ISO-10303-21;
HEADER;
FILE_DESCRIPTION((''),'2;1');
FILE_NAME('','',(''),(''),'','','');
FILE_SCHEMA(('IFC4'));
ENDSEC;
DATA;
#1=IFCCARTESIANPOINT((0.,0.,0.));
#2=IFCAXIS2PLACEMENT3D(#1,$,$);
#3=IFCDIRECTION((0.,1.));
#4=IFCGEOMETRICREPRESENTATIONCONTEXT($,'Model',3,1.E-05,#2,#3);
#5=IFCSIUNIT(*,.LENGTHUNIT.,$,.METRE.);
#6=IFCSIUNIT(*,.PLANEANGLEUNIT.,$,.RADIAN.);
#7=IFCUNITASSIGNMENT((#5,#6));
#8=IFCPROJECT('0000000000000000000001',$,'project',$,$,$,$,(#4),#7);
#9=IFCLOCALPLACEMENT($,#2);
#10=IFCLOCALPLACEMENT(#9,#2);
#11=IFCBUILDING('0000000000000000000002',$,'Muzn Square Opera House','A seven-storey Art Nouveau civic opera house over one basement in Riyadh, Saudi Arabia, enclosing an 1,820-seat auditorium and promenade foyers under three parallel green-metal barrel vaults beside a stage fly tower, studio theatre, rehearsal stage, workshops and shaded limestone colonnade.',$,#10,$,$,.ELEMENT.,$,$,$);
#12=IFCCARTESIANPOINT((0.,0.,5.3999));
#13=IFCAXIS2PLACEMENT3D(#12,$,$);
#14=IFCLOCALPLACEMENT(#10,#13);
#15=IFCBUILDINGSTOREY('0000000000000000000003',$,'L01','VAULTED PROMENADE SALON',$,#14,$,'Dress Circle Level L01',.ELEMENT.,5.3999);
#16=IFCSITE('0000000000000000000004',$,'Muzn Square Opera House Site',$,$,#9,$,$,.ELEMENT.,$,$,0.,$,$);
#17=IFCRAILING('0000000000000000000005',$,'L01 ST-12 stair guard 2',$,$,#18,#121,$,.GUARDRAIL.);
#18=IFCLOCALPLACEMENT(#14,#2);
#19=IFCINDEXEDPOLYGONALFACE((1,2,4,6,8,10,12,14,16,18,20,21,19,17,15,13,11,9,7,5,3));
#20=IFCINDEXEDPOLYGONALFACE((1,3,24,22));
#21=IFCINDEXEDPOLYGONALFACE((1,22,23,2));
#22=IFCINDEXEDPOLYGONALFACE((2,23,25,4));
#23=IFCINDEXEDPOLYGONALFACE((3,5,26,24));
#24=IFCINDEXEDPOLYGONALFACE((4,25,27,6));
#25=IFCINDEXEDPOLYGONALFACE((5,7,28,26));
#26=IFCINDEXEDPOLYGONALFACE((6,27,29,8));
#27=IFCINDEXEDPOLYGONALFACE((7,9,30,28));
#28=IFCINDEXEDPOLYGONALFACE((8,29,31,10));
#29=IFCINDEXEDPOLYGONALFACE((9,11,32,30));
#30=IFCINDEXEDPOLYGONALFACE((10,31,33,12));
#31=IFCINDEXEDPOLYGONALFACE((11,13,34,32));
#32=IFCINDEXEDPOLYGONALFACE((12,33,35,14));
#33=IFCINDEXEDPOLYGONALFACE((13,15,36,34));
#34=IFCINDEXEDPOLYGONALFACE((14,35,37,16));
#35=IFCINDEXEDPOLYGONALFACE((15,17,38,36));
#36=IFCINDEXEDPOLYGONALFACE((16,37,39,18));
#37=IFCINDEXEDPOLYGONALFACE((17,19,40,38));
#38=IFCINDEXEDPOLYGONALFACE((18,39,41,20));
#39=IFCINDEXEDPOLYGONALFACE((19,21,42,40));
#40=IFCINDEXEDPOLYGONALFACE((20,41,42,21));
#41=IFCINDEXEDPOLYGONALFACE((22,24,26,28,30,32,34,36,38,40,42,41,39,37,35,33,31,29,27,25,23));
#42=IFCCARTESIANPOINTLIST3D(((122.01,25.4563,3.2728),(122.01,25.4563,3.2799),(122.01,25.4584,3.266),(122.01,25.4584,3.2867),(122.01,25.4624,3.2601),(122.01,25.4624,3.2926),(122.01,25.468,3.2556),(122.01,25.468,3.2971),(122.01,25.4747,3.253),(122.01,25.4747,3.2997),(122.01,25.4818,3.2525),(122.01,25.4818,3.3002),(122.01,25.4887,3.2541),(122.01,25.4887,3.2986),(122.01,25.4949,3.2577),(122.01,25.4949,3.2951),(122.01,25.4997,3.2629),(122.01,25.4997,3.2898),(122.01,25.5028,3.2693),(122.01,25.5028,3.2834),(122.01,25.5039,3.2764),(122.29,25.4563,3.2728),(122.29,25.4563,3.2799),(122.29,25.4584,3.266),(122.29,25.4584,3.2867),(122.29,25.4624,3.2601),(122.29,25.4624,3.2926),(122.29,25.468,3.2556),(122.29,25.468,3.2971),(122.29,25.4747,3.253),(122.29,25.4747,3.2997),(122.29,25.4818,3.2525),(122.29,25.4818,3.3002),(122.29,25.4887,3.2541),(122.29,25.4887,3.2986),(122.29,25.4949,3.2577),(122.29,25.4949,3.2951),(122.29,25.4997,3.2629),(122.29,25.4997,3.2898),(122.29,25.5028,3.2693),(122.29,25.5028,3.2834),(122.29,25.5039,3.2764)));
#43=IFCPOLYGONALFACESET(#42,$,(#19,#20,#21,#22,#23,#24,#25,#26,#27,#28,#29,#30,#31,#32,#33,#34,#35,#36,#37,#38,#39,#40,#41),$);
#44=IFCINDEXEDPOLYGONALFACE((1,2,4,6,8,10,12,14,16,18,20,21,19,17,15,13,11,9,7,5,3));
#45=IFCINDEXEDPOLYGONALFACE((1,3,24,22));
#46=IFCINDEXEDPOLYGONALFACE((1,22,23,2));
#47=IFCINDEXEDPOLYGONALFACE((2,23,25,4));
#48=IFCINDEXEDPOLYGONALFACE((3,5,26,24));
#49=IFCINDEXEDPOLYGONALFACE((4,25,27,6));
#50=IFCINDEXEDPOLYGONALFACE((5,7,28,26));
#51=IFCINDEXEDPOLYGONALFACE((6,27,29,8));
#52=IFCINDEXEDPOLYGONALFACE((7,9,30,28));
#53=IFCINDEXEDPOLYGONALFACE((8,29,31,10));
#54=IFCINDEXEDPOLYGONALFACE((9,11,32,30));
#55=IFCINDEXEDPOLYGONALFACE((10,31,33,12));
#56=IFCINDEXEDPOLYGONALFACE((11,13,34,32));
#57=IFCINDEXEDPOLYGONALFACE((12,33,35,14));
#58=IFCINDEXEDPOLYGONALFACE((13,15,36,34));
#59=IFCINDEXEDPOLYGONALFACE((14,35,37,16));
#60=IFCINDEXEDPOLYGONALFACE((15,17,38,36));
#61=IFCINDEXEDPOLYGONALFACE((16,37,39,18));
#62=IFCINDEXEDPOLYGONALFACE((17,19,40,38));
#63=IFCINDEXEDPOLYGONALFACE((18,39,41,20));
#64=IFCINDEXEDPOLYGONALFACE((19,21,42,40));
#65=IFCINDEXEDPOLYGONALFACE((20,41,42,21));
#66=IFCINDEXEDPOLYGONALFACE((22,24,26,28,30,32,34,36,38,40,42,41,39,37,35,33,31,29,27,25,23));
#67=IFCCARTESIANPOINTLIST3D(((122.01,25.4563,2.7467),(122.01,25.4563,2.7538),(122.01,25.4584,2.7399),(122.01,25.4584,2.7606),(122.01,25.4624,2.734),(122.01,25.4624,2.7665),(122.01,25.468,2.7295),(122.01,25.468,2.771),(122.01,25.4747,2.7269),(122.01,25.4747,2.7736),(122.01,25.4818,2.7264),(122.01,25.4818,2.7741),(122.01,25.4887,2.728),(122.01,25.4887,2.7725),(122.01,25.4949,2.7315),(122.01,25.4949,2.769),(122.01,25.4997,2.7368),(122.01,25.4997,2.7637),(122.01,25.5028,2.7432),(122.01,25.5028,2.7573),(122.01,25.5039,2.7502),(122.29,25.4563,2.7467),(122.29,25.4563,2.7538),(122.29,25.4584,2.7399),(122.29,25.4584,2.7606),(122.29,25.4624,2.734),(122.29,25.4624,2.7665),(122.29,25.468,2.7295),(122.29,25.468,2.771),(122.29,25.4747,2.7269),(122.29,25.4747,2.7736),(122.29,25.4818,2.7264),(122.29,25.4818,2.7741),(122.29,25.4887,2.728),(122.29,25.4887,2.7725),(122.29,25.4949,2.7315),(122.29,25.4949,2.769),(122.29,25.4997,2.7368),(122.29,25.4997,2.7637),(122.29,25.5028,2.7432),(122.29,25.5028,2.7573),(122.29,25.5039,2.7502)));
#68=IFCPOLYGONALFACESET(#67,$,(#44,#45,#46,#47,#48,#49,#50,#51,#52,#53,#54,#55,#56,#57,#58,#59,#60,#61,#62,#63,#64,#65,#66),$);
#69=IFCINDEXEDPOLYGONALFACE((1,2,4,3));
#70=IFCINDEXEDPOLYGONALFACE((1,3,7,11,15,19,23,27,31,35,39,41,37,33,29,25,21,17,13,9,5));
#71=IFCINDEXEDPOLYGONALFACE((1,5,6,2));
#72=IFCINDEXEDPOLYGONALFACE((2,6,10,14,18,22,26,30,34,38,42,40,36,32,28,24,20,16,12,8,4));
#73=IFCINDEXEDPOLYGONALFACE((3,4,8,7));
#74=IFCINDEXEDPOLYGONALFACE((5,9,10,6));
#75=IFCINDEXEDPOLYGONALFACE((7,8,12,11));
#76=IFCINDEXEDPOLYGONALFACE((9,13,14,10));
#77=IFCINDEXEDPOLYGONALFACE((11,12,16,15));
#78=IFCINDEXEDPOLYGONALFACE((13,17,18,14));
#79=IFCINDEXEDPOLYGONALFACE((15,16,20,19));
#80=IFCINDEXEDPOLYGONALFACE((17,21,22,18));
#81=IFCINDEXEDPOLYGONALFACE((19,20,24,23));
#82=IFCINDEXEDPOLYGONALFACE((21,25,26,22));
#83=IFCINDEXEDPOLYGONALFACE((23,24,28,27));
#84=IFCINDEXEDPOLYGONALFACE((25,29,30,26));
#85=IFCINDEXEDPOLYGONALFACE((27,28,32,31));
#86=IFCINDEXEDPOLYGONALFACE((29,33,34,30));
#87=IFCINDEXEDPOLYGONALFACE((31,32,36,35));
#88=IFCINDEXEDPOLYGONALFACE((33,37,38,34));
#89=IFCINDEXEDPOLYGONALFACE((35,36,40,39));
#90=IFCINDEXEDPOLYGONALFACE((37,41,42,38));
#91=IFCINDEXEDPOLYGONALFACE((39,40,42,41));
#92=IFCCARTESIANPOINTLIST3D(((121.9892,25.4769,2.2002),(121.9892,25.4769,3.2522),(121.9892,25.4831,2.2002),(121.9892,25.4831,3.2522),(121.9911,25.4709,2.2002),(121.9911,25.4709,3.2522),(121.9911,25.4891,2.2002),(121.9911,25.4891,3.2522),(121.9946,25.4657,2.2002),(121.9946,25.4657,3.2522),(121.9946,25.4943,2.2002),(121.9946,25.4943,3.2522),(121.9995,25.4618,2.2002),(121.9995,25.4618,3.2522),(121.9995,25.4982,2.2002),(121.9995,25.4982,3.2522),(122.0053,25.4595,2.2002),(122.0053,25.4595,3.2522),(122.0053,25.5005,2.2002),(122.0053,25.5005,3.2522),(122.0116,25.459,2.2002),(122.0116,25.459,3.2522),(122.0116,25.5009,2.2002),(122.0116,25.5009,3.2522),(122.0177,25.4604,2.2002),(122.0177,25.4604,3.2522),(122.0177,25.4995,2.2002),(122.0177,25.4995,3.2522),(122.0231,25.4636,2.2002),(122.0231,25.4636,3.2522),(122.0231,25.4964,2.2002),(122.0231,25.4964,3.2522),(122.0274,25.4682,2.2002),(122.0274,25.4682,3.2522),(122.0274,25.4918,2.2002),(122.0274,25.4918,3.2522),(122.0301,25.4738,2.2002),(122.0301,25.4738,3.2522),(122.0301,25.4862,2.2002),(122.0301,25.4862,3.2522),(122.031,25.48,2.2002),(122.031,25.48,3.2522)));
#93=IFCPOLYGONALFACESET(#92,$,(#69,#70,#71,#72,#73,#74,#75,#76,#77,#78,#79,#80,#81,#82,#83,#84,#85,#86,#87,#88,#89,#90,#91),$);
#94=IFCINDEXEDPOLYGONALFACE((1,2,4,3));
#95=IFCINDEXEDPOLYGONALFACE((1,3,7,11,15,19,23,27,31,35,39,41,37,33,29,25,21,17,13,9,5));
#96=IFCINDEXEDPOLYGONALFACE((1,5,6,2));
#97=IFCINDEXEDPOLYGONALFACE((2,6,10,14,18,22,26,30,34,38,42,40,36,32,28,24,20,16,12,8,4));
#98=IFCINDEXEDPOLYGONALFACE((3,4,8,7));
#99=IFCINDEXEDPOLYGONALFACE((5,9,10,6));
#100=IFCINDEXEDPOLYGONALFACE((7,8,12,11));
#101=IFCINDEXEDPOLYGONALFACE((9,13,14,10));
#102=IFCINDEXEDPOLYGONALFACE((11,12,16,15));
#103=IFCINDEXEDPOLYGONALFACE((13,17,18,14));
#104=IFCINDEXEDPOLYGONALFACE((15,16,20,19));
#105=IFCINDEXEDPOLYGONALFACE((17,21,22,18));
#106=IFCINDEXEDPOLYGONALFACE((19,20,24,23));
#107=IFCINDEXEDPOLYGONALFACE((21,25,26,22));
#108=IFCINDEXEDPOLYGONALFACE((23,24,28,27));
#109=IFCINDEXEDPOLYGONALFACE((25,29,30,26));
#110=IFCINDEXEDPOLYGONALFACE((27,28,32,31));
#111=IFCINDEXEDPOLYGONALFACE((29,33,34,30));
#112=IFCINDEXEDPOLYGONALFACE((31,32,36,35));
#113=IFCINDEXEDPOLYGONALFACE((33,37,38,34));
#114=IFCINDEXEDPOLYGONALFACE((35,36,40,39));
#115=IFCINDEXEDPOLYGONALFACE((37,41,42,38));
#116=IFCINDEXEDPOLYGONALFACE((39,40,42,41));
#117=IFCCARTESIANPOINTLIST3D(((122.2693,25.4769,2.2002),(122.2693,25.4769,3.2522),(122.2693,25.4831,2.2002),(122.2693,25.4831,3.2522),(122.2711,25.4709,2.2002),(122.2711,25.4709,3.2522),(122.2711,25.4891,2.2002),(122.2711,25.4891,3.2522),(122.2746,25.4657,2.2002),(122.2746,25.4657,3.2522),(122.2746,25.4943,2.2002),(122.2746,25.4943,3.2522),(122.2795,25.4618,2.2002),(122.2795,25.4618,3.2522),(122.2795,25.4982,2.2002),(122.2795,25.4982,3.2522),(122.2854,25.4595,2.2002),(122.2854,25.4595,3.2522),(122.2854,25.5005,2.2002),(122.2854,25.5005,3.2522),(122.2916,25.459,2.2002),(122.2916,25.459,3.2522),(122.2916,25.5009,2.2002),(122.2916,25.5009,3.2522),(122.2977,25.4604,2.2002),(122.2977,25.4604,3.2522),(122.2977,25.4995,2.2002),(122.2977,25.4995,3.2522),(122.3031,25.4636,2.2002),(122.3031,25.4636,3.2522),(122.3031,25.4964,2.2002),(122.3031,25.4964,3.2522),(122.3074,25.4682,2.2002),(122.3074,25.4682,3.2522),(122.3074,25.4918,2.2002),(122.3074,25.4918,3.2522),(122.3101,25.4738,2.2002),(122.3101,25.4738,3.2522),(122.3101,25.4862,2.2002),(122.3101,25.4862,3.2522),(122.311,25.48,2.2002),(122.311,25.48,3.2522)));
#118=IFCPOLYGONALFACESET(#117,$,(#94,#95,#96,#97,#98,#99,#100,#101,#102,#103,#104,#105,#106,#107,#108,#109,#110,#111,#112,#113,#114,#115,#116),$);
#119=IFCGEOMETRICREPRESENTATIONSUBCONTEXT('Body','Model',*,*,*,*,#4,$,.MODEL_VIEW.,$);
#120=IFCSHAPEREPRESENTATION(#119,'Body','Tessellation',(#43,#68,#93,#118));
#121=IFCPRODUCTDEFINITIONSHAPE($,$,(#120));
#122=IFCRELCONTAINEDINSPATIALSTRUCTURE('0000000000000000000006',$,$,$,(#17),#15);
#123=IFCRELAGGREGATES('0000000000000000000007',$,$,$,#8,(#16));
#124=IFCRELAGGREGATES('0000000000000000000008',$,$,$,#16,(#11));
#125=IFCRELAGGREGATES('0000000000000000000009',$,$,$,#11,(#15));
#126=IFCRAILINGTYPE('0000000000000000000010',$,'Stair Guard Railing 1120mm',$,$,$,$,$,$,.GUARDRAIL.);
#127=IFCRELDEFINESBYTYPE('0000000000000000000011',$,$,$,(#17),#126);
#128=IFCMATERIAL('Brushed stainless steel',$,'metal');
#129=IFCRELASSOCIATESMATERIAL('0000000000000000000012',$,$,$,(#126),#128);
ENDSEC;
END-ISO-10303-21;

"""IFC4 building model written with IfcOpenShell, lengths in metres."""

from ifc_helpers import new_model, si_unit, direction, frame, origin, origin_2d, place, context, subcontext, project, spatial, circle, extrude, material, type_object, element, save


model = new_model("IFC4")

# Units and contexts
model_context = context("Model", 3, precision=1e-05, world=origin(), true_north=direction((0.0, 1.0)))
body_context = subcontext(model_context, "Body", "Model", "MODEL_VIEW")
ifc_project = project(units=[si_unit("LENGTHUNIT", "METRE"), si_unit("PLANEANGLEUNIT", "RADIAN")], contexts=[model_context])

# Site, building, storey
site_placement = place(None, origin())
site = spatial("IfcSite", under=ifc_project, at=site_placement, Name="Muzn Square Opera House Site", CompositionType="ELEMENT", RefElevation=0.0)
building_placement = place(site_placement, origin())
building = spatial("IfcBuilding", under=site, at=building_placement, Name="Muzn Square Opera House", Description="A seven-storey Art Nouveau civic opera house over one basement in Riyadh, Saudi Arabia, enclosing an 1,820-seat auditorium and promenade foyers under three parallel green-metal barrel vaults beside a stage fly tower, studio theatre, rehearsal stage, workshops and shaded limestone colonnade.", CompositionType="ELEMENT")
storey_placement = place(building_placement, frame((0.0, 0.0, 5.3999)))
storey = spatial("IfcBuildingStorey", under=building, at=storey_placement, Name="L01", Description="VAULTED PROMENADE SALON", LongName="Dress Circle Level L01", CompositionType="ELEMENT", Elevation=5.3999)

# Railing
ifc_material_1 = material(Name="Brushed stainless steel", Category="metal")
railing_type_1 = type_object("IfcRailingType", Name="Stair Guard Railing 1120mm", PredefinedType="GUARDRAIL", material=ifc_material_1)
railing_1_placement = place(storey_placement, frame((122.01, 25.48, 2.2002)))
element("IfcRailing", 1, at=railing_1_placement, inside=storey, type_object=railing_type_1, Name="L01 ST-12 stair guard 2", PredefinedType="GUARDRAIL", context=body_context, shape_type="SweptSolid", body=[
    extrude(circle(Radius=0.0239, at=origin_2d()), frame((0.0, 0.0, 1.0762), z_axis=(1.0, 0.0, 0.0), x_axis=(0.0, 1.0, 0.0)), (0.0, 0.0, 1.0), 0.28),
    extrude(circle(Radius=0.0239, at=origin_2d()), frame((0.0, 0.0, 0.55), z_axis=(1.0, 0.0, 0.0), x_axis=(0.0, 1.0, 0.0)), (0.0, 0.0, 1.0), 0.28),
    extrude(circle(Radius=0.021, at=origin_2d()), origin(), (0.0, 0.0, 1.0), 1.052),
    extrude(circle(Radius=0.021, at=origin_2d()), frame((0.28, 0.0, 0.0)), (0.0, 0.0, 1.0), 1.052),
])

save(model, "model.ifc")
